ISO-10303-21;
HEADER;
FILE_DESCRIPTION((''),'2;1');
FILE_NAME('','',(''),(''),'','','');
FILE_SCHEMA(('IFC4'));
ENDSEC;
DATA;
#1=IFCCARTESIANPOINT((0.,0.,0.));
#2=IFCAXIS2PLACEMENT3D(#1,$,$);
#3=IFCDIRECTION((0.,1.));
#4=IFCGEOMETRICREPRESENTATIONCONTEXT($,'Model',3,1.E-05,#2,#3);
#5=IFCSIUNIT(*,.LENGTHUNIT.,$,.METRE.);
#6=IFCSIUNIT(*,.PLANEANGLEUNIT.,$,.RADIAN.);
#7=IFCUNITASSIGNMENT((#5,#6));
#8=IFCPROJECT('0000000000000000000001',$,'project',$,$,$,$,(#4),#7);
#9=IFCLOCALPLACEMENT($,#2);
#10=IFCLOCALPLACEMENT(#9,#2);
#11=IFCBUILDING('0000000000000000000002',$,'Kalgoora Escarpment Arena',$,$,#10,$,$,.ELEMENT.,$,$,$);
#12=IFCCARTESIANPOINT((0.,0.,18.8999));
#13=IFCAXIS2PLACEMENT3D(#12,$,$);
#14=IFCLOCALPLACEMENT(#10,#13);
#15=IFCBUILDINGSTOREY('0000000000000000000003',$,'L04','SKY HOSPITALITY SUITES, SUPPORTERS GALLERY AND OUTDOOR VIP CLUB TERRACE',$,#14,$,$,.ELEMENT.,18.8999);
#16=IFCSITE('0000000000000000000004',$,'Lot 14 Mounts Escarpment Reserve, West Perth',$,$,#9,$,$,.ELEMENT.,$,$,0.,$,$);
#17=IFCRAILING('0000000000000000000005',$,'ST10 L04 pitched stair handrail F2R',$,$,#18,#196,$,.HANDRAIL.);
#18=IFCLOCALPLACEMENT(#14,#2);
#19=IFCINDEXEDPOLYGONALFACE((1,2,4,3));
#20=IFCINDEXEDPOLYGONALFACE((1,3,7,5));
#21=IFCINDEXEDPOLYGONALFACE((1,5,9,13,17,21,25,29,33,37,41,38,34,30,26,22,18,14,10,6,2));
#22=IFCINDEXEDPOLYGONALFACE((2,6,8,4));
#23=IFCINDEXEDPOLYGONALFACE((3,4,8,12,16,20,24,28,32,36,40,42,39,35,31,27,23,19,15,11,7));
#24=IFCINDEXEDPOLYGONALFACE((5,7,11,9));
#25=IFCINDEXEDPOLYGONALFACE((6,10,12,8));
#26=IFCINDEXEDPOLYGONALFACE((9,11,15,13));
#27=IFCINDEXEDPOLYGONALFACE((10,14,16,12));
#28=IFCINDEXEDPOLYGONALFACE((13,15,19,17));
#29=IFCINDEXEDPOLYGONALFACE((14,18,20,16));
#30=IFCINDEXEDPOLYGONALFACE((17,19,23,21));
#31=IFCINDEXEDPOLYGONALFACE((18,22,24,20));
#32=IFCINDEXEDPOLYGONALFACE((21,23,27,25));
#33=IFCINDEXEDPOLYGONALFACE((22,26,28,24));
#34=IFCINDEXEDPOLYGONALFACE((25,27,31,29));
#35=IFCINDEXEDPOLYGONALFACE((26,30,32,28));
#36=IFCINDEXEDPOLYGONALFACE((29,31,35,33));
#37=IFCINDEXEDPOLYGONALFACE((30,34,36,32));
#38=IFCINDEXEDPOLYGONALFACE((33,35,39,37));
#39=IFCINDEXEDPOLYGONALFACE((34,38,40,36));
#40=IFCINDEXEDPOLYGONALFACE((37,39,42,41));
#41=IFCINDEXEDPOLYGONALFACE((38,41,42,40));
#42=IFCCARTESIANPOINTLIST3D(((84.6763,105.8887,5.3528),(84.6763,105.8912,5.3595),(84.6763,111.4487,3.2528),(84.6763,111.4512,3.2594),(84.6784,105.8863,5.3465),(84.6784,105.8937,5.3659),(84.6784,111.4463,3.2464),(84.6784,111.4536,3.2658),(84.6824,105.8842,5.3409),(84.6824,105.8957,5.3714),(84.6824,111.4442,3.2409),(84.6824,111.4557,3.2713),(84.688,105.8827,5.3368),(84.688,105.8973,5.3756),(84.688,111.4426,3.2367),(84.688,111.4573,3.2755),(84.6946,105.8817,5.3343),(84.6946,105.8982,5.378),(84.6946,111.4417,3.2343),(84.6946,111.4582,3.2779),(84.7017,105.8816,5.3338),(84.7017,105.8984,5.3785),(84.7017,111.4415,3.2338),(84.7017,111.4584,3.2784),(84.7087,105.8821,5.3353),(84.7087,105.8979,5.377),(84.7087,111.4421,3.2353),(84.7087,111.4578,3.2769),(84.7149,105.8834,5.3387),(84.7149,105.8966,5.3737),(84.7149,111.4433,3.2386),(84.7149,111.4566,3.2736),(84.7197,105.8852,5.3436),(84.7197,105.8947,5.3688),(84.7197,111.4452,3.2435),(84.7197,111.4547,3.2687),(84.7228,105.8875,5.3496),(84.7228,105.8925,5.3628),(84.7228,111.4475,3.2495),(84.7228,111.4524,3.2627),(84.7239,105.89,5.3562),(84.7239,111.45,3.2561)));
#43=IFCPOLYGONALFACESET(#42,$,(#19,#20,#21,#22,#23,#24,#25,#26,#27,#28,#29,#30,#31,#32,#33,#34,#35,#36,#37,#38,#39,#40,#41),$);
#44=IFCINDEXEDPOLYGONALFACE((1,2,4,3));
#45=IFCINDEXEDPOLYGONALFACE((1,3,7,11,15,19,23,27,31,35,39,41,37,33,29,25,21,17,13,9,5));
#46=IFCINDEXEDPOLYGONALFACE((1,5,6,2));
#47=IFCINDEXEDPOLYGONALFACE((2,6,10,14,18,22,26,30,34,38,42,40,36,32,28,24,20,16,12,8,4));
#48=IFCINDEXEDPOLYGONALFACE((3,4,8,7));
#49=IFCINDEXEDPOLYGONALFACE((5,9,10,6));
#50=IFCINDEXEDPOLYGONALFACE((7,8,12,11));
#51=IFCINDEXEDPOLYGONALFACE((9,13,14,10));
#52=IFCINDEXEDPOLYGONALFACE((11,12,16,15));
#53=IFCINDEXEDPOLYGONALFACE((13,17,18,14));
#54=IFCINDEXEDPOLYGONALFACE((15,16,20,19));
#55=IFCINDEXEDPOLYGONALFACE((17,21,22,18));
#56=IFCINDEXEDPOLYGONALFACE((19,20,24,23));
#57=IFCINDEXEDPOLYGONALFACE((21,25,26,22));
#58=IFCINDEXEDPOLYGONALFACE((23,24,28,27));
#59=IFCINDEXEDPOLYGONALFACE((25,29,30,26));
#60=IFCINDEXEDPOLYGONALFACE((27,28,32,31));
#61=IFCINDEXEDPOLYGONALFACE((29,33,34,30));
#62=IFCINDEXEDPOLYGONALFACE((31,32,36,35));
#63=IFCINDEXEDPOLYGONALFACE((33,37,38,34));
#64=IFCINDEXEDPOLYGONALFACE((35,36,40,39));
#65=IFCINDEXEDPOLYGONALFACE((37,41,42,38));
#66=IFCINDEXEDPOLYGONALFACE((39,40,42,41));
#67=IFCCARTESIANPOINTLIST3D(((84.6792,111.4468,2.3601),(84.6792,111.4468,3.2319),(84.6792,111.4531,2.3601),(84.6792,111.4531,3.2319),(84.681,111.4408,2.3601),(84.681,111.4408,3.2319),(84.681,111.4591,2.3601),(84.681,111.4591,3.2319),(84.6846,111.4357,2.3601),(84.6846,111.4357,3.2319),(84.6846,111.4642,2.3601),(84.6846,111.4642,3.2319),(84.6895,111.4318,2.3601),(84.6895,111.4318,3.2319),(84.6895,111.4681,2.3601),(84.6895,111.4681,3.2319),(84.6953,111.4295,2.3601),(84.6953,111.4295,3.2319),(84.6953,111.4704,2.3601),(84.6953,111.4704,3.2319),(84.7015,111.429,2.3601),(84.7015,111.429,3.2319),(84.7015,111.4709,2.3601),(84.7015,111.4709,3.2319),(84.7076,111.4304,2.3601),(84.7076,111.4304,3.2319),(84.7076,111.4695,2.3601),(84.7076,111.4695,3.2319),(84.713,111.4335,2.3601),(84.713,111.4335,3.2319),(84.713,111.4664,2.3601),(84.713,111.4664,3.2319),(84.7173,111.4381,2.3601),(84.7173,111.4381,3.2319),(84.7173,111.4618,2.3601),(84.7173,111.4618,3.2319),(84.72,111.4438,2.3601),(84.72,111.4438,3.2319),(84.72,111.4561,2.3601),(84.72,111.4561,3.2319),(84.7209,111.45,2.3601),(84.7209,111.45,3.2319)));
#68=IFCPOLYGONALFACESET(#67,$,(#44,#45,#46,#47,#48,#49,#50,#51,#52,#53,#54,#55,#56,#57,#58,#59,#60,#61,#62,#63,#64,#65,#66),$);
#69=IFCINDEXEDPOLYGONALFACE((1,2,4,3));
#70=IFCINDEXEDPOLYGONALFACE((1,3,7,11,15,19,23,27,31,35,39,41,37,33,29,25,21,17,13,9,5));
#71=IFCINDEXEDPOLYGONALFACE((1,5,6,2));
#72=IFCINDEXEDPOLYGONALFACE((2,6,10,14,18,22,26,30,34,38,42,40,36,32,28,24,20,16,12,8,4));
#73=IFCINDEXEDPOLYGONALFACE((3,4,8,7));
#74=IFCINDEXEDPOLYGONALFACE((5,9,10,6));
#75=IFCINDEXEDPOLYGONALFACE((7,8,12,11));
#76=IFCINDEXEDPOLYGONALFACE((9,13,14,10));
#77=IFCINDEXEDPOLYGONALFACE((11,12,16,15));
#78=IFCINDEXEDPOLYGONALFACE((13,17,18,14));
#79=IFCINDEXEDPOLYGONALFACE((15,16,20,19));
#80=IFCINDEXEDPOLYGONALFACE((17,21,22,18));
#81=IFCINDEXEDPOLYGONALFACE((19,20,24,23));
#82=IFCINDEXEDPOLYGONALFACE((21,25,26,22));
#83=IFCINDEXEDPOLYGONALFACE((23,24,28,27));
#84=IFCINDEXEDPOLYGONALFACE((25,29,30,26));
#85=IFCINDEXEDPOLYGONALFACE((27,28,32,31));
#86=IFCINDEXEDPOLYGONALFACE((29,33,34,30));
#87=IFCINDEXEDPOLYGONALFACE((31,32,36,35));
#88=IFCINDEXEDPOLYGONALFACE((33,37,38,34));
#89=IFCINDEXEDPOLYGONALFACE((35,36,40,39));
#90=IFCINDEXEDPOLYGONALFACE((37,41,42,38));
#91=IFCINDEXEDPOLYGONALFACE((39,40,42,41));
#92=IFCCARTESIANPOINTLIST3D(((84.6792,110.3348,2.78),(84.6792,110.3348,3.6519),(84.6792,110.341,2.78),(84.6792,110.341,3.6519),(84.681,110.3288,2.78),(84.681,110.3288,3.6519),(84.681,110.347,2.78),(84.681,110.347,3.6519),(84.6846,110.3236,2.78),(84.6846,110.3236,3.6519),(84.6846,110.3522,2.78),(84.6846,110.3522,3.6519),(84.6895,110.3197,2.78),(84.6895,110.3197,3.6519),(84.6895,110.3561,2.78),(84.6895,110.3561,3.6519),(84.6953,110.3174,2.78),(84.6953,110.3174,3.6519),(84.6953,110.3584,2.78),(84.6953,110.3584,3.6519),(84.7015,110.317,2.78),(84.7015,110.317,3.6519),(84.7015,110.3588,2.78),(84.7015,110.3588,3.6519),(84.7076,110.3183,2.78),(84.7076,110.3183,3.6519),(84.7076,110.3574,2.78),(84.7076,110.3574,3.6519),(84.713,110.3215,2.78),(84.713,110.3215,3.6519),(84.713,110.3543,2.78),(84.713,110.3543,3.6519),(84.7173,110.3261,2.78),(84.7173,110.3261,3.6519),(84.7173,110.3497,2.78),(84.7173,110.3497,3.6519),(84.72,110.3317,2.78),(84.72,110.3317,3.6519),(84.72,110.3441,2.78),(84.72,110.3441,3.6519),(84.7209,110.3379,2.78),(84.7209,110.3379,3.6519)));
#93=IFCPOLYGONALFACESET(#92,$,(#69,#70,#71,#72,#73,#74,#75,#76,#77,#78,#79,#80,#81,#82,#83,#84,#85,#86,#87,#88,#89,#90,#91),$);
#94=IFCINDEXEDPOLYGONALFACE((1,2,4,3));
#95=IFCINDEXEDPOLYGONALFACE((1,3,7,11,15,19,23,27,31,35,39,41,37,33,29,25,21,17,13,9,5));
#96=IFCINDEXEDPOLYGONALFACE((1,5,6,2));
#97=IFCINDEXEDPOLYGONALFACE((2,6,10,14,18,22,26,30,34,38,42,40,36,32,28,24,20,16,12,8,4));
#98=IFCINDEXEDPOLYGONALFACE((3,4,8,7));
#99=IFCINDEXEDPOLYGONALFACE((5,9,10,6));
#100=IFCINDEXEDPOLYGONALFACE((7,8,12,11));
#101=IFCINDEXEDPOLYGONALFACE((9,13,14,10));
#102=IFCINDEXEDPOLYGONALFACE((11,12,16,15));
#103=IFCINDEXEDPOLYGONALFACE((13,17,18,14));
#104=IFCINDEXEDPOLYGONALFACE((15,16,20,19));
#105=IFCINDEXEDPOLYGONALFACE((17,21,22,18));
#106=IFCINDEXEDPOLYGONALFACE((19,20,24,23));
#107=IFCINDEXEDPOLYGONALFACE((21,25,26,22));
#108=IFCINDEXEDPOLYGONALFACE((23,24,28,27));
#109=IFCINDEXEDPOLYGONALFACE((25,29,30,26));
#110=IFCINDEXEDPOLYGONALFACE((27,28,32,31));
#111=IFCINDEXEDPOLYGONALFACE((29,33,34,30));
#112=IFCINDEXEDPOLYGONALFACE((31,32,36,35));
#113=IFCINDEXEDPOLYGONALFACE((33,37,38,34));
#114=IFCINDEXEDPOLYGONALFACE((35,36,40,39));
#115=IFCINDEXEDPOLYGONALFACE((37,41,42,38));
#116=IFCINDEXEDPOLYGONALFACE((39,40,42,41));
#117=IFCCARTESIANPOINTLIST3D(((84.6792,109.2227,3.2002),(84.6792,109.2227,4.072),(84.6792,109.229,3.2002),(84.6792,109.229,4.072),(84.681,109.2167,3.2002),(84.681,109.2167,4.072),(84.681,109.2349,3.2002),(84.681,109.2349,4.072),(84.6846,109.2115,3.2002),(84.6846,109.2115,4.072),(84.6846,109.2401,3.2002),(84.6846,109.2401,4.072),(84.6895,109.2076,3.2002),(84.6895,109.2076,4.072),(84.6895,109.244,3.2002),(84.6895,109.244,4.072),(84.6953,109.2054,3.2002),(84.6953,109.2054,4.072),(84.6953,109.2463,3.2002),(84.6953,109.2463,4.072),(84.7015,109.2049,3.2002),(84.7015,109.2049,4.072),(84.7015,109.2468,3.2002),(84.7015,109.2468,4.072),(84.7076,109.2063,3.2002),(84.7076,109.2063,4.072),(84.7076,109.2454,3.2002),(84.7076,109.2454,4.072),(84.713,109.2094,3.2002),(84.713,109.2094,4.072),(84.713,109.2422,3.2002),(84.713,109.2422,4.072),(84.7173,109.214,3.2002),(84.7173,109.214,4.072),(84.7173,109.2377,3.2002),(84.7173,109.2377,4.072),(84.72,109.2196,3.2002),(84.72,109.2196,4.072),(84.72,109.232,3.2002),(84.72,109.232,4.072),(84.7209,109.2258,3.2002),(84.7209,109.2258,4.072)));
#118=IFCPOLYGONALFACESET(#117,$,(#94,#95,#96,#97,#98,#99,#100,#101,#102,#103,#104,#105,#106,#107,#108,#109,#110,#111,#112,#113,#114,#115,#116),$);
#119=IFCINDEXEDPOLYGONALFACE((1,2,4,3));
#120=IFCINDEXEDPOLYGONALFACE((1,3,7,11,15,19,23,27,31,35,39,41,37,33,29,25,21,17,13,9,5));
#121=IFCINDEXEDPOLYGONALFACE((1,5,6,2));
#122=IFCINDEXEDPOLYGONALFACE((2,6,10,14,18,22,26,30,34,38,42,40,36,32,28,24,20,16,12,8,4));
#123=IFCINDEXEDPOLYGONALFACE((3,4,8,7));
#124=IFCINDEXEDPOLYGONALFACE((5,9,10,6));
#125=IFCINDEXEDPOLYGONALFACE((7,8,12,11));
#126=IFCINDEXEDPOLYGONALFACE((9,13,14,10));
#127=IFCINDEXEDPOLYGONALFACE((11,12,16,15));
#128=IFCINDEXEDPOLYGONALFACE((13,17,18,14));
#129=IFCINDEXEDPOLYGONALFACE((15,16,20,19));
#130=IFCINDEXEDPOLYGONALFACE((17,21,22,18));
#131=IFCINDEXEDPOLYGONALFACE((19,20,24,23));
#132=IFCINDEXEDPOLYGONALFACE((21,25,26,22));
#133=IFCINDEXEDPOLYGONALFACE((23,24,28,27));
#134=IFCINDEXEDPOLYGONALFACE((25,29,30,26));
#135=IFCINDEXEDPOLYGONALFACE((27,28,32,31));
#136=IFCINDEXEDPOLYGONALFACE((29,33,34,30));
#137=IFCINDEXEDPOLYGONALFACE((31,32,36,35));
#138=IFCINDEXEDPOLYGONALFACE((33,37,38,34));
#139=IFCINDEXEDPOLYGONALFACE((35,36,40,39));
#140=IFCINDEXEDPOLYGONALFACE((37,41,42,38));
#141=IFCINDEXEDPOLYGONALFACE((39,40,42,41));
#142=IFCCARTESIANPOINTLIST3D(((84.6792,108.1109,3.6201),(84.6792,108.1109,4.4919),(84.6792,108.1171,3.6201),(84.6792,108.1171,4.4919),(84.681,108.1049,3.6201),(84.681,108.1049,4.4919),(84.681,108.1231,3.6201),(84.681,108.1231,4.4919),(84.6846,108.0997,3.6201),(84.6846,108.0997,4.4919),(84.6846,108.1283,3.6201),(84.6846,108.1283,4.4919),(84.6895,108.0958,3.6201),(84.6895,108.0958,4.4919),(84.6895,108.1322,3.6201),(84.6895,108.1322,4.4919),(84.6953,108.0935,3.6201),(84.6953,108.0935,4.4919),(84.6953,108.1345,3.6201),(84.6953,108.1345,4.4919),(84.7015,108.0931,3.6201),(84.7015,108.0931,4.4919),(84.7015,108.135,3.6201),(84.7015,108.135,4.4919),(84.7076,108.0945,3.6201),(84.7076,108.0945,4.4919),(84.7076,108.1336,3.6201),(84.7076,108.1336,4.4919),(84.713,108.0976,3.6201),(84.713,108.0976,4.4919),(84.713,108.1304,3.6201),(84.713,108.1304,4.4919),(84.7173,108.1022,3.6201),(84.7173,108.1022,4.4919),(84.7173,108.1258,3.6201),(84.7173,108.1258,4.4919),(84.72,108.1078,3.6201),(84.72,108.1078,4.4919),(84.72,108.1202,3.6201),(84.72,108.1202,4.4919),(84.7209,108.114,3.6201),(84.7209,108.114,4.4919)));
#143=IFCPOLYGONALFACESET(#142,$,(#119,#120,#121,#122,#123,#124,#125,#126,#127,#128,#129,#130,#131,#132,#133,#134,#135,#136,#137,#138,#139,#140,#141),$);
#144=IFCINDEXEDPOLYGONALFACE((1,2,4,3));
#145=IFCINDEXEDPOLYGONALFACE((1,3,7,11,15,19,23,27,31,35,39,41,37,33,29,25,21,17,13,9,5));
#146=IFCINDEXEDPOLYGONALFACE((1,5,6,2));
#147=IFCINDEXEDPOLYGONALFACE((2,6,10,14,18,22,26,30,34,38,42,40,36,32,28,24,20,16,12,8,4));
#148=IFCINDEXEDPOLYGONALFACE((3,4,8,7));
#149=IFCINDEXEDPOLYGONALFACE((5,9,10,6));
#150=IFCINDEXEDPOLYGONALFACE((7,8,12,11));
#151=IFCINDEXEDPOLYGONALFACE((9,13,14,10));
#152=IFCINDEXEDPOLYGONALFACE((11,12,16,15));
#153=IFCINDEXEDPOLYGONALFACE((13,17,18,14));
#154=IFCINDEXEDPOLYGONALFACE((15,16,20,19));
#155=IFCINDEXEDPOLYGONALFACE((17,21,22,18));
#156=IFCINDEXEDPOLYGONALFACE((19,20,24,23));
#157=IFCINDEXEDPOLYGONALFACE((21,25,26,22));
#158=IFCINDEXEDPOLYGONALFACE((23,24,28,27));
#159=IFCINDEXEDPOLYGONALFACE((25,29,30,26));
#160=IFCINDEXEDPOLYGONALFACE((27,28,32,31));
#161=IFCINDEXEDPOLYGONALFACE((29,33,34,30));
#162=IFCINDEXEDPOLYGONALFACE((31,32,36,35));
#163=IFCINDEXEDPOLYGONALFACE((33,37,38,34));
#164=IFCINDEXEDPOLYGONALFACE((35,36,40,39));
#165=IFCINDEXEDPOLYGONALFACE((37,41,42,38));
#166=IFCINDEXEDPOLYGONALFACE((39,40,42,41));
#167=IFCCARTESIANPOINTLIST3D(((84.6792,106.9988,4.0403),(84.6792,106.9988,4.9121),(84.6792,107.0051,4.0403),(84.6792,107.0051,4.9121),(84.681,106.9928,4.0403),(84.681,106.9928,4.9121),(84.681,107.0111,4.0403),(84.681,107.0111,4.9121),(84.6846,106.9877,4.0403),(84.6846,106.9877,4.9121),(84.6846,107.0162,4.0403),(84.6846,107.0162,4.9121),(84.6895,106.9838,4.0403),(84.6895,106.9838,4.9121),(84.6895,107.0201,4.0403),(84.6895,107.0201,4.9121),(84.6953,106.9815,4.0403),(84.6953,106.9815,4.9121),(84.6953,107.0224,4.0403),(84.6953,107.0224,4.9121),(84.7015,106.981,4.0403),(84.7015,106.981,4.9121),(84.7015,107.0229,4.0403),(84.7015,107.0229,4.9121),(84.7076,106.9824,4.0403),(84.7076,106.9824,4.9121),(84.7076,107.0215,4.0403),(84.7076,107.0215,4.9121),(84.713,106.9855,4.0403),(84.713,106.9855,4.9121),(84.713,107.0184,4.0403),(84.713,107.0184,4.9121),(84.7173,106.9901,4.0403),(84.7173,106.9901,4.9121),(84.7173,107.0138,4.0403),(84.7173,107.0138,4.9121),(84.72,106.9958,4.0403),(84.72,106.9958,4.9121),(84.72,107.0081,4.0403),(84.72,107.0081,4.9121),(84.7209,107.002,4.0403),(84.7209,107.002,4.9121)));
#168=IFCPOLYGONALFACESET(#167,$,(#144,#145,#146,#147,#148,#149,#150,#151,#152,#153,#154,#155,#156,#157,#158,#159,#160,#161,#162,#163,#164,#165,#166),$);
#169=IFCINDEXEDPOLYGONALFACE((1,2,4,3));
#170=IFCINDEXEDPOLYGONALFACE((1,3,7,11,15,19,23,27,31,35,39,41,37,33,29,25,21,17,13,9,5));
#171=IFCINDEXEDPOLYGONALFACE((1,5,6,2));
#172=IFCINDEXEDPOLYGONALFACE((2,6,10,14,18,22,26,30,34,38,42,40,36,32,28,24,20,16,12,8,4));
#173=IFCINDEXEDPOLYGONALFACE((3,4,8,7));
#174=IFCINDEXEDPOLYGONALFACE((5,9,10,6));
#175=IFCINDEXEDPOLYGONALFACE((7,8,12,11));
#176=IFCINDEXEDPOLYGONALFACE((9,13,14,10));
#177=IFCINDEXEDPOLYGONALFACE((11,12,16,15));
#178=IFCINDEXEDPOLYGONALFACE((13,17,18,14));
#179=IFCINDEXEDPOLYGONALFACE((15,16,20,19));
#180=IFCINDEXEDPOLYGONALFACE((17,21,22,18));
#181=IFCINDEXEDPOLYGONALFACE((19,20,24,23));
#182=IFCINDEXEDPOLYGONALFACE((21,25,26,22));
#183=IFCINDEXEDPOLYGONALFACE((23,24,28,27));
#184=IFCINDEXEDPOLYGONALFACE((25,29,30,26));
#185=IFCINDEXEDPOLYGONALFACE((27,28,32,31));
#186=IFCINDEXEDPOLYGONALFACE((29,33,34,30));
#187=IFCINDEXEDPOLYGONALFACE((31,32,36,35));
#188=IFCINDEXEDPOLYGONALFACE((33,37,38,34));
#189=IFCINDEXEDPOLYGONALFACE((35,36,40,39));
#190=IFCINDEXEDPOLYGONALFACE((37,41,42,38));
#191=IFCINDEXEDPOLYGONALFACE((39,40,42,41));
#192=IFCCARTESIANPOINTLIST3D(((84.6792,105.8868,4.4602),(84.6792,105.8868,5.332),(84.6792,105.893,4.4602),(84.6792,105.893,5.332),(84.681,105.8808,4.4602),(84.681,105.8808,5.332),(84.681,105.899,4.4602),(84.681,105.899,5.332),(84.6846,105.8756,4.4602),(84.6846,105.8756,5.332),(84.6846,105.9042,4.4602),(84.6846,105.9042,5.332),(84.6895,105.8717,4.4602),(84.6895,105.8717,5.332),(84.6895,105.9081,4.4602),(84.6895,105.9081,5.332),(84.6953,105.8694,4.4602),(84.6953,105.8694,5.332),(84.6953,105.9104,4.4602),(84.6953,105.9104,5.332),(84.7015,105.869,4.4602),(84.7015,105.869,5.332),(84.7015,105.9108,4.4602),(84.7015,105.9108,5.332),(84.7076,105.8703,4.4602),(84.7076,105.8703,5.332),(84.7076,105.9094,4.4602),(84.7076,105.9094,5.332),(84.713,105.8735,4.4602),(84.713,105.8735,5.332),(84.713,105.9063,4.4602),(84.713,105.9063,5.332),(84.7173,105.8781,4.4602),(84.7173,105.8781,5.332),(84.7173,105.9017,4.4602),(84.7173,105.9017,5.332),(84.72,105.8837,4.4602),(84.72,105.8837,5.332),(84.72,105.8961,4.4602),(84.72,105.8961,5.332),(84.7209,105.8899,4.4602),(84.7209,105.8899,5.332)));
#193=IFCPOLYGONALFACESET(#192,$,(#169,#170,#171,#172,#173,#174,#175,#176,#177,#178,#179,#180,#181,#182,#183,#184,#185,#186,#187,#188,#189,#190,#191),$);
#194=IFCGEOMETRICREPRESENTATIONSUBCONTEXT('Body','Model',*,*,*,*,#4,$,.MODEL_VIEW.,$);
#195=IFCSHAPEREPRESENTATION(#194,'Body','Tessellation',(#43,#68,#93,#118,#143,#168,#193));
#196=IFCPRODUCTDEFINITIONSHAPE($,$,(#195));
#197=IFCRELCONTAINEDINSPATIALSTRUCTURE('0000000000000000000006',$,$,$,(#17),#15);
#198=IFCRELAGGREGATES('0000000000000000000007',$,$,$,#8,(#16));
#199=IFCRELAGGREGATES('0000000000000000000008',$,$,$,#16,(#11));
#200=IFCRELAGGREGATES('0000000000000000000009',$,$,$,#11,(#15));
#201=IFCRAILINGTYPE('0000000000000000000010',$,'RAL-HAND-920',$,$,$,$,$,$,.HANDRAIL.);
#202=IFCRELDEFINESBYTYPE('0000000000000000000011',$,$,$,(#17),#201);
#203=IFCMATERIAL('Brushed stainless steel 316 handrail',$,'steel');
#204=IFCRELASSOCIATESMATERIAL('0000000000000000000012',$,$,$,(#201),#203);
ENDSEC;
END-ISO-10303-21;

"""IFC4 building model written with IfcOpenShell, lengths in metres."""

from ifc_helpers import new_model, si_unit, direction, frame, origin, origin_2d, place, context, subcontext, project, spatial, circle, extrude, material, type_object, element, save


model = new_model("IFC4")

# Units and contexts
model_context = context("Model", 3, precision=1e-05, world=origin(), true_north=direction((0.0, 1.0)))
body_context = subcontext(model_context, "Body", "Model", "MODEL_VIEW")
ifc_project = project(units=[si_unit("LENGTHUNIT", "METRE"), si_unit("PLANEANGLEUNIT", "RADIAN")], contexts=[model_context])

# Site, building, storey
site_placement = place(None, origin())
site = spatial("IfcSite", under=ifc_project, at=site_placement, Name="Lot 14 Mounts Escarpment Reserve, West Perth", CompositionType="ELEMENT", RefElevation=0.0)
building_placement = place(site_placement, origin())
building = spatial("IfcBuilding", under=site, at=building_placement, Name="Kalgoora Escarpment Arena", CompositionType="ELEMENT")
storey_placement = place(building_placement, frame((0.0, 0.0, 18.8999)))
storey = spatial("IfcBuildingStorey", under=building, at=storey_placement, Name="L04", Description="SKY HOSPITALITY SUITES, SUPPORTERS GALLERY AND OUTDOOR VIP CLUB TERRACE", CompositionType="ELEMENT", Elevation=18.8999)

# Railing
ifc_material_1 = material(Name="Brushed stainless steel 316 handrail", Category="steel")
railing_type = type_object("IfcRailingType", Name="RAL-HAND-920", PredefinedType="HANDRAIL", material=ifc_material_1)
railing_placement = place(storey_placement, frame((84.7, 111.45, 2.3601)))
element("IfcRailing", 1, at=railing_placement, inside=storey, type_object=railing_type, Name="ST10 L04 pitched stair handrail F2R", PredefinedType="HANDRAIL", context=body_context, shape_type="SweptSolid", body=[
    extrude(circle(Radius=0.0239, at=origin_2d()), frame((0.0, 0.0, 0.896), z_axis=(0.0, -0.935493, 0.353346), x_axis=(1.0, 0.0, 0.0)), (0.0, 0.0, 1.0), 5.9434),
    extrude(circle(Radius=0.021, at=origin_2d()), origin(), (0.0, 0.0, 1.0), 0.8718),
    extrude(circle(Radius=0.021, at=origin_2d()), frame((0.0, -1.1121, 0.4199)), (0.0, 0.0, 1.0), 0.8718),
    extrude(circle(Radius=0.021, at=origin_2d()), frame((0.0, -2.2241, 0.8401)), (0.0, 0.0, 1.0), 0.8718),
    extrude(circle(Radius=0.021, at=origin_2d()), frame((0.0, -3.3359, 1.26)), (0.0, 0.0, 1.0), 0.8718),
    extrude(circle(Radius=0.021, at=origin_2d()), frame((0.0, -4.448, 1.6802)), (0.0, 0.0, 1.0), 0.8718),
    extrude(circle(Radius=0.021, at=origin_2d()), frame((0.0, -5.5601, 2.1001)), (0.0, 0.0, 1.0), 0.8718),
])

save(model, "model.ifc")
